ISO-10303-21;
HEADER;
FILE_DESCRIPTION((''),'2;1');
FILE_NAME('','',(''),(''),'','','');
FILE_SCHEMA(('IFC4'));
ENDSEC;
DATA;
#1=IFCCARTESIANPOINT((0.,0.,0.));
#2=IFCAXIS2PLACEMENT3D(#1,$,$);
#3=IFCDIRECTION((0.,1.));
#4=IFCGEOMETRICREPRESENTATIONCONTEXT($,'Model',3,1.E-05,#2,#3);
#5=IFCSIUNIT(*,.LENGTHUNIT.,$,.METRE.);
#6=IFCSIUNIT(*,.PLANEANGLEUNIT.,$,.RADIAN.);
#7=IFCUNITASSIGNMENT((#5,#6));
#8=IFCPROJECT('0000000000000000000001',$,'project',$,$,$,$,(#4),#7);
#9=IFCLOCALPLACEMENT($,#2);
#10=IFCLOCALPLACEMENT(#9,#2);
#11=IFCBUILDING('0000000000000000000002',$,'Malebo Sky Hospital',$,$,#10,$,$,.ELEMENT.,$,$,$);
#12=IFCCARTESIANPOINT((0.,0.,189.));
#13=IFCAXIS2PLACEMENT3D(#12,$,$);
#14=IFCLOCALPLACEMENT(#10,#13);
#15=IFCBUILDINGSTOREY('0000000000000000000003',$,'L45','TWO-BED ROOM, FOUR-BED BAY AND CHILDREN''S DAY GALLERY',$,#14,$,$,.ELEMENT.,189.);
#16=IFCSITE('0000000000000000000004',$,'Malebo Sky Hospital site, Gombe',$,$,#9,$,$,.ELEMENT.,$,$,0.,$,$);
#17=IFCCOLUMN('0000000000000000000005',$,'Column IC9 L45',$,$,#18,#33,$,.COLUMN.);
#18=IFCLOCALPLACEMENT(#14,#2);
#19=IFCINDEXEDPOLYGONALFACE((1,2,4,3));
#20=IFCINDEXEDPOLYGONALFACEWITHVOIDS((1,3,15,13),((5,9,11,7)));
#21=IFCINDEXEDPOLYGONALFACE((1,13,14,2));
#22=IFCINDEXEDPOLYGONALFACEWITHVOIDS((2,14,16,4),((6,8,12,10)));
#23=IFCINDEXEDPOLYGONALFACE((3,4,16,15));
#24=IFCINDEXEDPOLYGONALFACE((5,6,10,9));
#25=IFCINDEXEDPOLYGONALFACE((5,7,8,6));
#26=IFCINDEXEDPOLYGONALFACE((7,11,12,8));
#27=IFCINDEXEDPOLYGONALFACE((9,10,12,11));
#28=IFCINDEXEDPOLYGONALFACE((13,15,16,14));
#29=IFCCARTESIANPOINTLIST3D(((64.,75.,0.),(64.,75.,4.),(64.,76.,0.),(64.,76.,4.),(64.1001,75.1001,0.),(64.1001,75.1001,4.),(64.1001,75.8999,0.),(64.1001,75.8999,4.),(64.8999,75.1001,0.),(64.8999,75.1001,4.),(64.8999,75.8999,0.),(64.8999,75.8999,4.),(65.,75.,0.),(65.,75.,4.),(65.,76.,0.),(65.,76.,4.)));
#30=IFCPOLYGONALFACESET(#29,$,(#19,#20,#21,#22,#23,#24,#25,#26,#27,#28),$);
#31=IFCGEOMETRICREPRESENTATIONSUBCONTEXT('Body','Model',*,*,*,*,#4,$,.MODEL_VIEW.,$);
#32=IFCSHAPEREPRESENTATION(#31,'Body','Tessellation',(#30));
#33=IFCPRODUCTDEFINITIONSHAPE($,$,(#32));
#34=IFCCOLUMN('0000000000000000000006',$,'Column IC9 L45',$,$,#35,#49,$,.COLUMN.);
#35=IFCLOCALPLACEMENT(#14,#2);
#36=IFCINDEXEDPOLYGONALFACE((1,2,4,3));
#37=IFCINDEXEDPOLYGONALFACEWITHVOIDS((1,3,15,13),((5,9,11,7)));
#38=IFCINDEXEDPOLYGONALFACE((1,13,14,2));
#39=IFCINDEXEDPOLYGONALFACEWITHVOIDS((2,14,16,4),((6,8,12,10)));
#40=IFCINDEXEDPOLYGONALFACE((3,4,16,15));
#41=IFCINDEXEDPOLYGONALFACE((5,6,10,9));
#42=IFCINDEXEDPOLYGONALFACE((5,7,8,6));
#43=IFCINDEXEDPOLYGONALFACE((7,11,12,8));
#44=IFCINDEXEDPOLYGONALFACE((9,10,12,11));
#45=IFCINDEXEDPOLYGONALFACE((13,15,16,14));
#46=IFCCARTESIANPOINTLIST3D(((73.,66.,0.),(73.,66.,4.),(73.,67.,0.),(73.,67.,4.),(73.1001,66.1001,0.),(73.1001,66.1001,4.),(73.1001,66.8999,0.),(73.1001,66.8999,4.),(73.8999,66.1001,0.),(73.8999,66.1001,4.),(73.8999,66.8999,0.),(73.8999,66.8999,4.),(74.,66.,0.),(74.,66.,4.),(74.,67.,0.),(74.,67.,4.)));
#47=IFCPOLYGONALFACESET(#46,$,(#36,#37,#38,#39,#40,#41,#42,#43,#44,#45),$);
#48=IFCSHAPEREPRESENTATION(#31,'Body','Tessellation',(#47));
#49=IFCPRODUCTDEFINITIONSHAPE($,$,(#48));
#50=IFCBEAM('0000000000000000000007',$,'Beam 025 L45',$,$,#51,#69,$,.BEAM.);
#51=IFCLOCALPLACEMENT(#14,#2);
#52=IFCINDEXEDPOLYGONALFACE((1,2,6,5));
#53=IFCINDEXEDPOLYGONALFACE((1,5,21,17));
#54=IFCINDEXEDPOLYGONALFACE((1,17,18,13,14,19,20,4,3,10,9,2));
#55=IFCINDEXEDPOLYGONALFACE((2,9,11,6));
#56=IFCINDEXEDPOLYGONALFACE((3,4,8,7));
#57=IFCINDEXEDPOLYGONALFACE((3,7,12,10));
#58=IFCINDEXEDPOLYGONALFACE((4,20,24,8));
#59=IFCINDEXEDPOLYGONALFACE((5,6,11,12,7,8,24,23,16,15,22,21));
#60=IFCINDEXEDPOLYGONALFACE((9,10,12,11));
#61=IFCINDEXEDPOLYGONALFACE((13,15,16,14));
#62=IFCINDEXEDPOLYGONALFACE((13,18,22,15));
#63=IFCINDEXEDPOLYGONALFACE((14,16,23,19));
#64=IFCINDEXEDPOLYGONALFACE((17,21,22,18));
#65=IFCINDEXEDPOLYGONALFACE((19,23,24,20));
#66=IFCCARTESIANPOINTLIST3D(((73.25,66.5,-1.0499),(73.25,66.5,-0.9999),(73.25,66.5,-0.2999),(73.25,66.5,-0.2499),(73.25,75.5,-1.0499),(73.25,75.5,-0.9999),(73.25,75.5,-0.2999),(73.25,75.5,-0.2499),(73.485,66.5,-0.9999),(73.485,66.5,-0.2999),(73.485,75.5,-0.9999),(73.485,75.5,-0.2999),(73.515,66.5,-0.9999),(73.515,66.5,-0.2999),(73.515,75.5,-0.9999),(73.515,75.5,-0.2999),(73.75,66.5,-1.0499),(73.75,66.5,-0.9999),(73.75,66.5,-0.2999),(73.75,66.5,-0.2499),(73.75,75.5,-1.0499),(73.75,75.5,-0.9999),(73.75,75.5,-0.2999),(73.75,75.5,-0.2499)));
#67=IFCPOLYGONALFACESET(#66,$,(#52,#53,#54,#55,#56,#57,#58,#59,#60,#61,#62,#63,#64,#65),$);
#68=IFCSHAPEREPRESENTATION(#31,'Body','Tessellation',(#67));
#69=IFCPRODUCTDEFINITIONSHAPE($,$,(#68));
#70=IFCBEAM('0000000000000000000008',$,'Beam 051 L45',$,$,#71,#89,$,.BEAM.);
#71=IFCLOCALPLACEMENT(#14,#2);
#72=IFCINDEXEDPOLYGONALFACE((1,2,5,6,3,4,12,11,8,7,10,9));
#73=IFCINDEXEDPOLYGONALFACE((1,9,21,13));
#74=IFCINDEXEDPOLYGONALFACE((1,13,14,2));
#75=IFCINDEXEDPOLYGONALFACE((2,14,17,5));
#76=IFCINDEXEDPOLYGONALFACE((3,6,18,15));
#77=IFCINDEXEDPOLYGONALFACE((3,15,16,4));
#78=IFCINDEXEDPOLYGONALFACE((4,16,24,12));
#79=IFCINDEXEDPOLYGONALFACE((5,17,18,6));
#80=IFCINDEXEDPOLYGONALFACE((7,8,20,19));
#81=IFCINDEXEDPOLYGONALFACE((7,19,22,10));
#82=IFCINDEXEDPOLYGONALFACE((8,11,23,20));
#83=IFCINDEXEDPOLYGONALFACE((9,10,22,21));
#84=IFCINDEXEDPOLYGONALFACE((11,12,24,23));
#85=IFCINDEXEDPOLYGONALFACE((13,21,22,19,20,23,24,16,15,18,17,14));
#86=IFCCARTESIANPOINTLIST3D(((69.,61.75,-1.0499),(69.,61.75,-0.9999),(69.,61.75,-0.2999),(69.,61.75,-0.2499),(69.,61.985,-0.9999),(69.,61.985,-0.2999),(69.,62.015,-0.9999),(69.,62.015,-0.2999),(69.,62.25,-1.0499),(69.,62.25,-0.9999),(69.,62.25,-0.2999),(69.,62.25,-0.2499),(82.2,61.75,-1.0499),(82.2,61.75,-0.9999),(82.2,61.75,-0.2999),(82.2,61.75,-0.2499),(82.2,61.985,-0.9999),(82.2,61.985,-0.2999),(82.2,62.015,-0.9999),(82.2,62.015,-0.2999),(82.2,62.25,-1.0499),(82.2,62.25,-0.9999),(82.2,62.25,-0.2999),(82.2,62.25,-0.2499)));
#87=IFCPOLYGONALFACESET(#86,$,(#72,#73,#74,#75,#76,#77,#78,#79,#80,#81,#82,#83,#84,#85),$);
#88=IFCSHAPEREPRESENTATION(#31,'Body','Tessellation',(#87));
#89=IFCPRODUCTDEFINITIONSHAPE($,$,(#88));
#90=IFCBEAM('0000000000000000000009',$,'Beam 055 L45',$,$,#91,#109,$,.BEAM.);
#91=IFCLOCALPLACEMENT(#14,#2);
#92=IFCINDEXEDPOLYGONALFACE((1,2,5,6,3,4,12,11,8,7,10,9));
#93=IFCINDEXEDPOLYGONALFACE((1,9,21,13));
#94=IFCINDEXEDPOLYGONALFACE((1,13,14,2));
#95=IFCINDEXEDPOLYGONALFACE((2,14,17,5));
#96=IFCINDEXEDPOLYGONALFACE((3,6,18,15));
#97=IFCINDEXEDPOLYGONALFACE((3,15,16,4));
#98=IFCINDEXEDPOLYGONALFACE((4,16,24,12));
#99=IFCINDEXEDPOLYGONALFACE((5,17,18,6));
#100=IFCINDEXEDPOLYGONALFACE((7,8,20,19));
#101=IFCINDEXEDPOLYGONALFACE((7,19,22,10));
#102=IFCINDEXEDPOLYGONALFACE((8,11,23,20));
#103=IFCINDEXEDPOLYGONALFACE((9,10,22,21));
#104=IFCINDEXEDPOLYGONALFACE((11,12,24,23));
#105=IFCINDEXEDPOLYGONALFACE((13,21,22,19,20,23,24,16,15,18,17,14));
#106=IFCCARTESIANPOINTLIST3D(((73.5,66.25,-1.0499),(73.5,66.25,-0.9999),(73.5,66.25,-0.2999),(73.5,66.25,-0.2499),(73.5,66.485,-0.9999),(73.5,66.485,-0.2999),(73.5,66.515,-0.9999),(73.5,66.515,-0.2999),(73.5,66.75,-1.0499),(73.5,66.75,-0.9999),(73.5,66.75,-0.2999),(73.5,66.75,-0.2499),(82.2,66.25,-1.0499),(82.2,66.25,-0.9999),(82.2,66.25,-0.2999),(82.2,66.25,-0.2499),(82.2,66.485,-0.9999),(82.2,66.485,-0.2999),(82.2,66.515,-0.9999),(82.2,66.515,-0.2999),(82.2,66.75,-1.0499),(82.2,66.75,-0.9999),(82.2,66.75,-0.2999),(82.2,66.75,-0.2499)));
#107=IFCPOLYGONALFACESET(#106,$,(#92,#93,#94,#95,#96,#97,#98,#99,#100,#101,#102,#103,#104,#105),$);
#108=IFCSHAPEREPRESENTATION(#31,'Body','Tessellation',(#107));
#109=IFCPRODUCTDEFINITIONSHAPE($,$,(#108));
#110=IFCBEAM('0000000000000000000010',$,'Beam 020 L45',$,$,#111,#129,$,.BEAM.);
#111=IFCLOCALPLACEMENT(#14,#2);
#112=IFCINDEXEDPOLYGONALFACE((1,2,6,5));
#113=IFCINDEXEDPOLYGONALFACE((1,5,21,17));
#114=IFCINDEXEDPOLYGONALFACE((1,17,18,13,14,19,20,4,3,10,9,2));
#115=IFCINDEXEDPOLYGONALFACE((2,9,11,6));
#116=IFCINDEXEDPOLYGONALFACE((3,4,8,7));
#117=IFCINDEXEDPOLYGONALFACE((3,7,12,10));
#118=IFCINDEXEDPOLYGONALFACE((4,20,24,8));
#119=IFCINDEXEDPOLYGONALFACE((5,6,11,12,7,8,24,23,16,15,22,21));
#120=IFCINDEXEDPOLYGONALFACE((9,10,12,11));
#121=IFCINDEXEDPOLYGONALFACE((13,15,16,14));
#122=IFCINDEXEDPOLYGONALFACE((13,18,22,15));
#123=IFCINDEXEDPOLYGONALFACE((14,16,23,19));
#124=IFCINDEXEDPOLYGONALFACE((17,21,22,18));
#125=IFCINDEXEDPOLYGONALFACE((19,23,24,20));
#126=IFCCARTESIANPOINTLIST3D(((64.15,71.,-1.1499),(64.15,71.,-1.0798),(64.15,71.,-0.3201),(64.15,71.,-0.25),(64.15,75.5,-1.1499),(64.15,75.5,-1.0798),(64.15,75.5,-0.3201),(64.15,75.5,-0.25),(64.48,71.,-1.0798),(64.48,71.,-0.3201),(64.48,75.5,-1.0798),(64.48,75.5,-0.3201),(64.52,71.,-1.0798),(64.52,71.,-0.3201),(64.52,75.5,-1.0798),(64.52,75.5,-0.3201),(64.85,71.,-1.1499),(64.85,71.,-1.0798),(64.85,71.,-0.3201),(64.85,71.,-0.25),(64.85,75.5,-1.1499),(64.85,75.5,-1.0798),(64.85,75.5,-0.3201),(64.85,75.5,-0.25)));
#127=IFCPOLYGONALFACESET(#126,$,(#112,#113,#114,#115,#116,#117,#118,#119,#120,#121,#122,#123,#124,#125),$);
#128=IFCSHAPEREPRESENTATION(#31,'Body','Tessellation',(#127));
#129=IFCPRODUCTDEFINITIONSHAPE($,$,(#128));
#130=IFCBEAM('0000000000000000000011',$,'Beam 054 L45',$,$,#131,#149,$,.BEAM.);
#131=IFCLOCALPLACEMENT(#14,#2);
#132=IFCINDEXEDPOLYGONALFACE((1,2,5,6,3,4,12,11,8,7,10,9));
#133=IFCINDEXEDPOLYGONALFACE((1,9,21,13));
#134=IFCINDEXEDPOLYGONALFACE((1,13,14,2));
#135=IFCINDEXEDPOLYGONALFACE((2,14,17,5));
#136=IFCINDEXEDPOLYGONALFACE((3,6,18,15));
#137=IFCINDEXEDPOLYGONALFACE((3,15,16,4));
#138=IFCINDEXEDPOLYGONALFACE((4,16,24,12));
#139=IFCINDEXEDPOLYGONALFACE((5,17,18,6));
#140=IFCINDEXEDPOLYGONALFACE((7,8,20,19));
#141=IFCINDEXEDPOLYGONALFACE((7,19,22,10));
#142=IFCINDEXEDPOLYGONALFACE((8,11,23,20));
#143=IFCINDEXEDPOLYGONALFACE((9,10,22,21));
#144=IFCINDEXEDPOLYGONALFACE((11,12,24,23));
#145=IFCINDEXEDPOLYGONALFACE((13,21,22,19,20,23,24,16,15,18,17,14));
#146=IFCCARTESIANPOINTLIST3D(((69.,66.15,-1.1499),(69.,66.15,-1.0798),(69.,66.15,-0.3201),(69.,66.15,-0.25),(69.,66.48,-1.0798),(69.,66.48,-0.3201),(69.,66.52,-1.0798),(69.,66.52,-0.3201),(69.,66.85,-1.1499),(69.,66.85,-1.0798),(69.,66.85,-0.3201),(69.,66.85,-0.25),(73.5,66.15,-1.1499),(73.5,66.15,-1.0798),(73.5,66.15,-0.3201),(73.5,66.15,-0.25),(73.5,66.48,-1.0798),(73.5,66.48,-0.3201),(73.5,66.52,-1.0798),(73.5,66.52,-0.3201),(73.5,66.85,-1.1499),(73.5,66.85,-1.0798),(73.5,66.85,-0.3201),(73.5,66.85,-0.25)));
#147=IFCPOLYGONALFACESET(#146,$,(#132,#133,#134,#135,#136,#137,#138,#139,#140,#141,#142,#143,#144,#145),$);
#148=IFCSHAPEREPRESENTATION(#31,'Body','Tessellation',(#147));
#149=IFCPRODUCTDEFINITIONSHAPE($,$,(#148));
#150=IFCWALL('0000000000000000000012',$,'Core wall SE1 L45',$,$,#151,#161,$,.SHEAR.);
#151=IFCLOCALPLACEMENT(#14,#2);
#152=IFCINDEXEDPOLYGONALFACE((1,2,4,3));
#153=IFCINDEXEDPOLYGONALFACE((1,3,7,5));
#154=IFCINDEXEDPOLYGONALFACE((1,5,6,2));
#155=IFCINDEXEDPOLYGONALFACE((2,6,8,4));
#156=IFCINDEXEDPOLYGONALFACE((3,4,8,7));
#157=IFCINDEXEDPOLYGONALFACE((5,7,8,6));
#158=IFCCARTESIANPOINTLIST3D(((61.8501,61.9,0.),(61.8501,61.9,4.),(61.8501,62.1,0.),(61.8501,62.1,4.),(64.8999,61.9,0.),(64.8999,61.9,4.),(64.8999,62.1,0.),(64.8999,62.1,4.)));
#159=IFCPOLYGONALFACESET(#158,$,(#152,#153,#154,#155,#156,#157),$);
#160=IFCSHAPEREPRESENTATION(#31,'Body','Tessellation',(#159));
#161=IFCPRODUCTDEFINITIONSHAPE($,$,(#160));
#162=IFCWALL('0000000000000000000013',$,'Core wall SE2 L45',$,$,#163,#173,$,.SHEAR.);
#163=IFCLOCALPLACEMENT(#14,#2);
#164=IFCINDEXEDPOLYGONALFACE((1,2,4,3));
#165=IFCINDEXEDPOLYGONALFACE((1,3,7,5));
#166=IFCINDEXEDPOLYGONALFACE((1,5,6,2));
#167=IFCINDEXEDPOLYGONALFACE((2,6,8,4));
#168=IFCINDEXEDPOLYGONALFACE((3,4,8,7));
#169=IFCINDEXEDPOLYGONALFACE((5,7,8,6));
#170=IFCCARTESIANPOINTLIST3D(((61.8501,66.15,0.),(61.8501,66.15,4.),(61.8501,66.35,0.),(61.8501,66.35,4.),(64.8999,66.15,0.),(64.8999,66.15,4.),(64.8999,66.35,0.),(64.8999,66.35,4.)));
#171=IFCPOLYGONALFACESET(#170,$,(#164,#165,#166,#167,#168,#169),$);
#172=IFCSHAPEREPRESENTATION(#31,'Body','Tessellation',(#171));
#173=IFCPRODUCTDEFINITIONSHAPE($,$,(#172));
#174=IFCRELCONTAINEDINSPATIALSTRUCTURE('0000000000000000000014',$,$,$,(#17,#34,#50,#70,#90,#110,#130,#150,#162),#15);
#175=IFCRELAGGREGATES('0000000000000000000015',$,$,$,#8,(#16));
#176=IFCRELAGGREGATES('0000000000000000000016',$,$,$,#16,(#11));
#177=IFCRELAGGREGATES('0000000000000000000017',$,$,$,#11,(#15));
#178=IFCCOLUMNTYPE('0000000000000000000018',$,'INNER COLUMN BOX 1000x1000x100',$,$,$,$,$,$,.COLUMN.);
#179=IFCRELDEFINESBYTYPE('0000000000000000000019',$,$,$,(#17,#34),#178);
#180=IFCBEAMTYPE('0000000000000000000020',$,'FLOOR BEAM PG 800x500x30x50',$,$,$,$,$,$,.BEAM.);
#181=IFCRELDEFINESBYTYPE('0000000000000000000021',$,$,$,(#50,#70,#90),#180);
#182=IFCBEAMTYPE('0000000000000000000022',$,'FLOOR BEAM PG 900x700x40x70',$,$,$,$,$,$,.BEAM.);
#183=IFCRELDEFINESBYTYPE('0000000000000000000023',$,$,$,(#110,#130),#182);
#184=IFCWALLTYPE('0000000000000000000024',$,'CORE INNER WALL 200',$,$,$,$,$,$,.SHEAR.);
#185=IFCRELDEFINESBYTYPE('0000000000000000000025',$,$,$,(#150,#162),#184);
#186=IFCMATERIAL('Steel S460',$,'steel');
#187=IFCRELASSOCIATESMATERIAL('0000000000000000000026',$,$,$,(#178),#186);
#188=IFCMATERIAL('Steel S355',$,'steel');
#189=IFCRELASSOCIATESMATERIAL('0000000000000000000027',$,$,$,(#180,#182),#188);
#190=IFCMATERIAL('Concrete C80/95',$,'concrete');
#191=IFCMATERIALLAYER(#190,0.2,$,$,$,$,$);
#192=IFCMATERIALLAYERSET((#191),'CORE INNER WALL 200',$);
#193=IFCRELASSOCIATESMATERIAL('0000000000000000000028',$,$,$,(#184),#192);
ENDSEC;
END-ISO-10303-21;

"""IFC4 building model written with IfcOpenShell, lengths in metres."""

from ifc_helpers import new_model, si_unit, direction, frame, frame_2d, origin, origin_2d, place, context, subcontext, project, spatial, rectangle, hollow_rectangle, i_section, extrude, material, layer, layer_set, material_profile, profile_set, type_object, element, save


model = new_model("IFC4")

# Units and contexts
model_context = context("Model", 3, precision=1e-05, world=origin(), true_north=direction((0.0, 1.0)))
body_context = subcontext(model_context, "Body", "Model", "MODEL_VIEW")
ifc_project = project(units=[si_unit("LENGTHUNIT", "METRE"), si_unit("PLANEANGLEUNIT", "RADIAN")], contexts=[model_context])

# Site, building, storey
site_placement = place(None, origin())
site = spatial("IfcSite", under=ifc_project, at=site_placement, Name="Malebo Sky Hospital site, Gombe", CompositionType="ELEMENT", RefElevation=0.0)
building_placement = place(site_placement, origin())
building = spatial("IfcBuilding", under=site, at=building_placement, Name="Malebo Sky Hospital", CompositionType="ELEMENT")
storey_placement = place(building_placement, frame((0.0, 0.0, 189.0)))
storey = spatial("IfcBuildingStorey", under=building, at=storey_placement, Name="L45", Description="TWO-BED ROOM, FOUR-BED BAY AND CHILDREN'S DAY GALLERY", CompositionType="ELEMENT", Elevation=189.0)

# Columns
ifc_material_1 = material(Name="Steel S460", Category="steel")
ifc_material_profile_1 = material_profile(ifc_material_1, hollow_rectangle(XDim=1.0, YDim=1.0, WallThickness=0.1001, at=origin_2d()), Name="BOX 1000x1000x100")
ifc_profile_set_1 = profile_set([ifc_material_profile_1], Name="Steel S460")
column_type = type_object("IfcColumnType", Name="INNER COLUMN BOX 1000x1000x100", PredefinedType="COLUMN", material=ifc_profile_set_1)
for number, where, z_axis, x_axis, name in (
    (1, (64.5, 75.5, 0.0), (0.0, 0.0, 1.0), (1.0, 0.0, 0.0), "Column IC9 L45"),
    (2, (73.5, 66.5, 0.0), (0.0, 0.0, 1.0), (1.0, 0.0, 0.0), "Column IC9 L45"),
):
    element("IfcColumn", number, at=place(storey_placement, frame(where, z_axis=z_axis, x_axis=x_axis)), inside=storey, type_object=column_type, Name=name, PredefinedType="COLUMN", context=body_context, shape_type="SweptSolid", body=[
        extrude(hollow_rectangle(XDim=1.0, YDim=1.0, WallThickness=0.1001, at=origin_2d()), origin(), (0.0, 0.0, 1.0), 4.0),
    ])

# Beams
ifc_material_2 = material(Name="Steel S355", Category="steel")
ifc_material_profile_2 = material_profile(ifc_material_2, i_section(OverallWidth=0.5, OverallDepth=0.8, WebThickness=0.03, FlangeThickness=0.05, at=origin_2d()), Name="PG 800x500x30x50")
ifc_profile_set_2 = profile_set([ifc_material_profile_2], Name="Steel S355")
beam_type_1 = type_object("IfcBeamType", Name="FLOOR BEAM PG 800x500x30x50", PredefinedType="BEAM", material=ifc_profile_set_2)
beam_1_placement = place(storey_placement, frame((73.5, 66.5, -0.6499), z_axis=(0.0, 1.0, 0.0), x_axis=(-1.0, 0.0, 0.0)))
element("IfcBeam", 3, at=beam_1_placement, inside=storey, type_object=beam_type_1, Name="Beam 025 L45", PredefinedType="BEAM", context=body_context, shape_type="SweptSolid", body=[
    extrude(i_section(OverallWidth=0.5, OverallDepth=0.8, WebThickness=0.03, FlangeThickness=0.05, at=origin_2d()), origin(), (0.0, 0.0, 1.0), 9.0),
])
beam_2_placement = place(storey_placement, frame((69.0, 62.0, -0.6499), z_axis=(1.0, 0.0, 0.0), x_axis=(0.0, 1.0, 0.0)))
element("IfcBeam", 4, at=beam_2_placement, inside=storey, type_object=beam_type_1, Name="Beam 051 L45", PredefinedType="BEAM", context=body_context, shape_type="SweptSolid", body=[
    extrude(i_section(OverallWidth=0.5, OverallDepth=0.8, WebThickness=0.03, FlangeThickness=0.05, at=origin_2d()), origin(), (0.0, 0.0, 1.0), 13.2),
])
beam_3_placement = place(storey_placement, frame((73.5, 66.5, -0.6499), z_axis=(1.0, 0.0, 0.0), x_axis=(0.0, 1.0, 0.0)))
element("IfcBeam", 5, at=beam_3_placement, inside=storey, type_object=beam_type_1, Name="Beam 055 L45", PredefinedType="BEAM", context=body_context, shape_type="SweptSolid", body=[
    extrude(i_section(OverallWidth=0.5, OverallDepth=0.8, WebThickness=0.03, FlangeThickness=0.05, at=origin_2d()), origin(), (0.0, 0.0, 1.0), 8.7),
])
ifc_material_profile_3 = material_profile(ifc_material_2, i_section(OverallWidth=0.7, OverallDepth=0.8999, WebThickness=0.04, FlangeThickness=0.0701, at=origin_2d()), Name="PG 900x700x40x70")
ifc_profile_set_3 = profile_set([ifc_material_profile_3], Name="Steel S355")
beam_type_2 = type_object("IfcBeamType", Name="FLOOR BEAM PG 900x700x40x70", PredefinedType="BEAM", material=ifc_profile_set_3)
for number, where, z_axis, x_axis, name in (
    (6, (64.5, 71.0, -0.7), (0.0, 1.0, 0.0), (-1.0, 0.0, 0.0), "Beam 020 L45"),
    (7, (69.0, 66.5, -0.7), (1.0, 0.0, 0.0), (0.0, 1.0, 0.0), "Beam 054 L45"),
):
    element("IfcBeam", number, at=place(storey_placement, frame(where, z_axis=z_axis, x_axis=x_axis)), inside=storey, type_object=beam_type_2, Name=name, PredefinedType="BEAM", context=body_context, shape_type="SweptSolid", body=[
        extrude(i_section(OverallWidth=0.7, OverallDepth=0.8999, WebThickness=0.04, FlangeThickness=0.0701, at=origin_2d()), origin(), (0.0, 0.0, 1.0), 4.5),
    ])

# Walls
ifc_material_3 = material(Name="Concrete C80/95", Category="concrete")
ifc_layer_1 = layer(ifc_material_3, 0.2)
ifc_layer_set_1 = layer_set([ifc_layer_1], Name="CORE INNER WALL 200")
wall_type_1 = type_object("IfcWallType", Name="CORE INNER WALL 200", PredefinedType="SHEAR", material=ifc_layer_set_1)
for number, where, z_axis, x_axis, name in (
    (8, (61.8501, 62.0, 0.0), (0.0, 0.0, 1.0), (1.0, 0.0, 0.0), "Core wall SE1 L45"),
    (9, (61.8501, 66.25, 0.0), (0.0, 0.0, 1.0), (1.0, 0.0, 0.0), "Core wall SE2 L45"),
):
    element("IfcWall", number, at=place(storey_placement, frame(where, z_axis=z_axis, x_axis=x_axis)), inside=storey, type_object=wall_type_1, Name=name, PredefinedType="SHEAR", context=body_context, shape_type="SweptSolid", body=[
        extrude(rectangle(XDim=3.0498, YDim=0.2, at=frame_2d((1.5249, 0.0))), origin(), (0.0, 0.0, 1.0), 4.0),
    ])

save(model, "model.ifc")
